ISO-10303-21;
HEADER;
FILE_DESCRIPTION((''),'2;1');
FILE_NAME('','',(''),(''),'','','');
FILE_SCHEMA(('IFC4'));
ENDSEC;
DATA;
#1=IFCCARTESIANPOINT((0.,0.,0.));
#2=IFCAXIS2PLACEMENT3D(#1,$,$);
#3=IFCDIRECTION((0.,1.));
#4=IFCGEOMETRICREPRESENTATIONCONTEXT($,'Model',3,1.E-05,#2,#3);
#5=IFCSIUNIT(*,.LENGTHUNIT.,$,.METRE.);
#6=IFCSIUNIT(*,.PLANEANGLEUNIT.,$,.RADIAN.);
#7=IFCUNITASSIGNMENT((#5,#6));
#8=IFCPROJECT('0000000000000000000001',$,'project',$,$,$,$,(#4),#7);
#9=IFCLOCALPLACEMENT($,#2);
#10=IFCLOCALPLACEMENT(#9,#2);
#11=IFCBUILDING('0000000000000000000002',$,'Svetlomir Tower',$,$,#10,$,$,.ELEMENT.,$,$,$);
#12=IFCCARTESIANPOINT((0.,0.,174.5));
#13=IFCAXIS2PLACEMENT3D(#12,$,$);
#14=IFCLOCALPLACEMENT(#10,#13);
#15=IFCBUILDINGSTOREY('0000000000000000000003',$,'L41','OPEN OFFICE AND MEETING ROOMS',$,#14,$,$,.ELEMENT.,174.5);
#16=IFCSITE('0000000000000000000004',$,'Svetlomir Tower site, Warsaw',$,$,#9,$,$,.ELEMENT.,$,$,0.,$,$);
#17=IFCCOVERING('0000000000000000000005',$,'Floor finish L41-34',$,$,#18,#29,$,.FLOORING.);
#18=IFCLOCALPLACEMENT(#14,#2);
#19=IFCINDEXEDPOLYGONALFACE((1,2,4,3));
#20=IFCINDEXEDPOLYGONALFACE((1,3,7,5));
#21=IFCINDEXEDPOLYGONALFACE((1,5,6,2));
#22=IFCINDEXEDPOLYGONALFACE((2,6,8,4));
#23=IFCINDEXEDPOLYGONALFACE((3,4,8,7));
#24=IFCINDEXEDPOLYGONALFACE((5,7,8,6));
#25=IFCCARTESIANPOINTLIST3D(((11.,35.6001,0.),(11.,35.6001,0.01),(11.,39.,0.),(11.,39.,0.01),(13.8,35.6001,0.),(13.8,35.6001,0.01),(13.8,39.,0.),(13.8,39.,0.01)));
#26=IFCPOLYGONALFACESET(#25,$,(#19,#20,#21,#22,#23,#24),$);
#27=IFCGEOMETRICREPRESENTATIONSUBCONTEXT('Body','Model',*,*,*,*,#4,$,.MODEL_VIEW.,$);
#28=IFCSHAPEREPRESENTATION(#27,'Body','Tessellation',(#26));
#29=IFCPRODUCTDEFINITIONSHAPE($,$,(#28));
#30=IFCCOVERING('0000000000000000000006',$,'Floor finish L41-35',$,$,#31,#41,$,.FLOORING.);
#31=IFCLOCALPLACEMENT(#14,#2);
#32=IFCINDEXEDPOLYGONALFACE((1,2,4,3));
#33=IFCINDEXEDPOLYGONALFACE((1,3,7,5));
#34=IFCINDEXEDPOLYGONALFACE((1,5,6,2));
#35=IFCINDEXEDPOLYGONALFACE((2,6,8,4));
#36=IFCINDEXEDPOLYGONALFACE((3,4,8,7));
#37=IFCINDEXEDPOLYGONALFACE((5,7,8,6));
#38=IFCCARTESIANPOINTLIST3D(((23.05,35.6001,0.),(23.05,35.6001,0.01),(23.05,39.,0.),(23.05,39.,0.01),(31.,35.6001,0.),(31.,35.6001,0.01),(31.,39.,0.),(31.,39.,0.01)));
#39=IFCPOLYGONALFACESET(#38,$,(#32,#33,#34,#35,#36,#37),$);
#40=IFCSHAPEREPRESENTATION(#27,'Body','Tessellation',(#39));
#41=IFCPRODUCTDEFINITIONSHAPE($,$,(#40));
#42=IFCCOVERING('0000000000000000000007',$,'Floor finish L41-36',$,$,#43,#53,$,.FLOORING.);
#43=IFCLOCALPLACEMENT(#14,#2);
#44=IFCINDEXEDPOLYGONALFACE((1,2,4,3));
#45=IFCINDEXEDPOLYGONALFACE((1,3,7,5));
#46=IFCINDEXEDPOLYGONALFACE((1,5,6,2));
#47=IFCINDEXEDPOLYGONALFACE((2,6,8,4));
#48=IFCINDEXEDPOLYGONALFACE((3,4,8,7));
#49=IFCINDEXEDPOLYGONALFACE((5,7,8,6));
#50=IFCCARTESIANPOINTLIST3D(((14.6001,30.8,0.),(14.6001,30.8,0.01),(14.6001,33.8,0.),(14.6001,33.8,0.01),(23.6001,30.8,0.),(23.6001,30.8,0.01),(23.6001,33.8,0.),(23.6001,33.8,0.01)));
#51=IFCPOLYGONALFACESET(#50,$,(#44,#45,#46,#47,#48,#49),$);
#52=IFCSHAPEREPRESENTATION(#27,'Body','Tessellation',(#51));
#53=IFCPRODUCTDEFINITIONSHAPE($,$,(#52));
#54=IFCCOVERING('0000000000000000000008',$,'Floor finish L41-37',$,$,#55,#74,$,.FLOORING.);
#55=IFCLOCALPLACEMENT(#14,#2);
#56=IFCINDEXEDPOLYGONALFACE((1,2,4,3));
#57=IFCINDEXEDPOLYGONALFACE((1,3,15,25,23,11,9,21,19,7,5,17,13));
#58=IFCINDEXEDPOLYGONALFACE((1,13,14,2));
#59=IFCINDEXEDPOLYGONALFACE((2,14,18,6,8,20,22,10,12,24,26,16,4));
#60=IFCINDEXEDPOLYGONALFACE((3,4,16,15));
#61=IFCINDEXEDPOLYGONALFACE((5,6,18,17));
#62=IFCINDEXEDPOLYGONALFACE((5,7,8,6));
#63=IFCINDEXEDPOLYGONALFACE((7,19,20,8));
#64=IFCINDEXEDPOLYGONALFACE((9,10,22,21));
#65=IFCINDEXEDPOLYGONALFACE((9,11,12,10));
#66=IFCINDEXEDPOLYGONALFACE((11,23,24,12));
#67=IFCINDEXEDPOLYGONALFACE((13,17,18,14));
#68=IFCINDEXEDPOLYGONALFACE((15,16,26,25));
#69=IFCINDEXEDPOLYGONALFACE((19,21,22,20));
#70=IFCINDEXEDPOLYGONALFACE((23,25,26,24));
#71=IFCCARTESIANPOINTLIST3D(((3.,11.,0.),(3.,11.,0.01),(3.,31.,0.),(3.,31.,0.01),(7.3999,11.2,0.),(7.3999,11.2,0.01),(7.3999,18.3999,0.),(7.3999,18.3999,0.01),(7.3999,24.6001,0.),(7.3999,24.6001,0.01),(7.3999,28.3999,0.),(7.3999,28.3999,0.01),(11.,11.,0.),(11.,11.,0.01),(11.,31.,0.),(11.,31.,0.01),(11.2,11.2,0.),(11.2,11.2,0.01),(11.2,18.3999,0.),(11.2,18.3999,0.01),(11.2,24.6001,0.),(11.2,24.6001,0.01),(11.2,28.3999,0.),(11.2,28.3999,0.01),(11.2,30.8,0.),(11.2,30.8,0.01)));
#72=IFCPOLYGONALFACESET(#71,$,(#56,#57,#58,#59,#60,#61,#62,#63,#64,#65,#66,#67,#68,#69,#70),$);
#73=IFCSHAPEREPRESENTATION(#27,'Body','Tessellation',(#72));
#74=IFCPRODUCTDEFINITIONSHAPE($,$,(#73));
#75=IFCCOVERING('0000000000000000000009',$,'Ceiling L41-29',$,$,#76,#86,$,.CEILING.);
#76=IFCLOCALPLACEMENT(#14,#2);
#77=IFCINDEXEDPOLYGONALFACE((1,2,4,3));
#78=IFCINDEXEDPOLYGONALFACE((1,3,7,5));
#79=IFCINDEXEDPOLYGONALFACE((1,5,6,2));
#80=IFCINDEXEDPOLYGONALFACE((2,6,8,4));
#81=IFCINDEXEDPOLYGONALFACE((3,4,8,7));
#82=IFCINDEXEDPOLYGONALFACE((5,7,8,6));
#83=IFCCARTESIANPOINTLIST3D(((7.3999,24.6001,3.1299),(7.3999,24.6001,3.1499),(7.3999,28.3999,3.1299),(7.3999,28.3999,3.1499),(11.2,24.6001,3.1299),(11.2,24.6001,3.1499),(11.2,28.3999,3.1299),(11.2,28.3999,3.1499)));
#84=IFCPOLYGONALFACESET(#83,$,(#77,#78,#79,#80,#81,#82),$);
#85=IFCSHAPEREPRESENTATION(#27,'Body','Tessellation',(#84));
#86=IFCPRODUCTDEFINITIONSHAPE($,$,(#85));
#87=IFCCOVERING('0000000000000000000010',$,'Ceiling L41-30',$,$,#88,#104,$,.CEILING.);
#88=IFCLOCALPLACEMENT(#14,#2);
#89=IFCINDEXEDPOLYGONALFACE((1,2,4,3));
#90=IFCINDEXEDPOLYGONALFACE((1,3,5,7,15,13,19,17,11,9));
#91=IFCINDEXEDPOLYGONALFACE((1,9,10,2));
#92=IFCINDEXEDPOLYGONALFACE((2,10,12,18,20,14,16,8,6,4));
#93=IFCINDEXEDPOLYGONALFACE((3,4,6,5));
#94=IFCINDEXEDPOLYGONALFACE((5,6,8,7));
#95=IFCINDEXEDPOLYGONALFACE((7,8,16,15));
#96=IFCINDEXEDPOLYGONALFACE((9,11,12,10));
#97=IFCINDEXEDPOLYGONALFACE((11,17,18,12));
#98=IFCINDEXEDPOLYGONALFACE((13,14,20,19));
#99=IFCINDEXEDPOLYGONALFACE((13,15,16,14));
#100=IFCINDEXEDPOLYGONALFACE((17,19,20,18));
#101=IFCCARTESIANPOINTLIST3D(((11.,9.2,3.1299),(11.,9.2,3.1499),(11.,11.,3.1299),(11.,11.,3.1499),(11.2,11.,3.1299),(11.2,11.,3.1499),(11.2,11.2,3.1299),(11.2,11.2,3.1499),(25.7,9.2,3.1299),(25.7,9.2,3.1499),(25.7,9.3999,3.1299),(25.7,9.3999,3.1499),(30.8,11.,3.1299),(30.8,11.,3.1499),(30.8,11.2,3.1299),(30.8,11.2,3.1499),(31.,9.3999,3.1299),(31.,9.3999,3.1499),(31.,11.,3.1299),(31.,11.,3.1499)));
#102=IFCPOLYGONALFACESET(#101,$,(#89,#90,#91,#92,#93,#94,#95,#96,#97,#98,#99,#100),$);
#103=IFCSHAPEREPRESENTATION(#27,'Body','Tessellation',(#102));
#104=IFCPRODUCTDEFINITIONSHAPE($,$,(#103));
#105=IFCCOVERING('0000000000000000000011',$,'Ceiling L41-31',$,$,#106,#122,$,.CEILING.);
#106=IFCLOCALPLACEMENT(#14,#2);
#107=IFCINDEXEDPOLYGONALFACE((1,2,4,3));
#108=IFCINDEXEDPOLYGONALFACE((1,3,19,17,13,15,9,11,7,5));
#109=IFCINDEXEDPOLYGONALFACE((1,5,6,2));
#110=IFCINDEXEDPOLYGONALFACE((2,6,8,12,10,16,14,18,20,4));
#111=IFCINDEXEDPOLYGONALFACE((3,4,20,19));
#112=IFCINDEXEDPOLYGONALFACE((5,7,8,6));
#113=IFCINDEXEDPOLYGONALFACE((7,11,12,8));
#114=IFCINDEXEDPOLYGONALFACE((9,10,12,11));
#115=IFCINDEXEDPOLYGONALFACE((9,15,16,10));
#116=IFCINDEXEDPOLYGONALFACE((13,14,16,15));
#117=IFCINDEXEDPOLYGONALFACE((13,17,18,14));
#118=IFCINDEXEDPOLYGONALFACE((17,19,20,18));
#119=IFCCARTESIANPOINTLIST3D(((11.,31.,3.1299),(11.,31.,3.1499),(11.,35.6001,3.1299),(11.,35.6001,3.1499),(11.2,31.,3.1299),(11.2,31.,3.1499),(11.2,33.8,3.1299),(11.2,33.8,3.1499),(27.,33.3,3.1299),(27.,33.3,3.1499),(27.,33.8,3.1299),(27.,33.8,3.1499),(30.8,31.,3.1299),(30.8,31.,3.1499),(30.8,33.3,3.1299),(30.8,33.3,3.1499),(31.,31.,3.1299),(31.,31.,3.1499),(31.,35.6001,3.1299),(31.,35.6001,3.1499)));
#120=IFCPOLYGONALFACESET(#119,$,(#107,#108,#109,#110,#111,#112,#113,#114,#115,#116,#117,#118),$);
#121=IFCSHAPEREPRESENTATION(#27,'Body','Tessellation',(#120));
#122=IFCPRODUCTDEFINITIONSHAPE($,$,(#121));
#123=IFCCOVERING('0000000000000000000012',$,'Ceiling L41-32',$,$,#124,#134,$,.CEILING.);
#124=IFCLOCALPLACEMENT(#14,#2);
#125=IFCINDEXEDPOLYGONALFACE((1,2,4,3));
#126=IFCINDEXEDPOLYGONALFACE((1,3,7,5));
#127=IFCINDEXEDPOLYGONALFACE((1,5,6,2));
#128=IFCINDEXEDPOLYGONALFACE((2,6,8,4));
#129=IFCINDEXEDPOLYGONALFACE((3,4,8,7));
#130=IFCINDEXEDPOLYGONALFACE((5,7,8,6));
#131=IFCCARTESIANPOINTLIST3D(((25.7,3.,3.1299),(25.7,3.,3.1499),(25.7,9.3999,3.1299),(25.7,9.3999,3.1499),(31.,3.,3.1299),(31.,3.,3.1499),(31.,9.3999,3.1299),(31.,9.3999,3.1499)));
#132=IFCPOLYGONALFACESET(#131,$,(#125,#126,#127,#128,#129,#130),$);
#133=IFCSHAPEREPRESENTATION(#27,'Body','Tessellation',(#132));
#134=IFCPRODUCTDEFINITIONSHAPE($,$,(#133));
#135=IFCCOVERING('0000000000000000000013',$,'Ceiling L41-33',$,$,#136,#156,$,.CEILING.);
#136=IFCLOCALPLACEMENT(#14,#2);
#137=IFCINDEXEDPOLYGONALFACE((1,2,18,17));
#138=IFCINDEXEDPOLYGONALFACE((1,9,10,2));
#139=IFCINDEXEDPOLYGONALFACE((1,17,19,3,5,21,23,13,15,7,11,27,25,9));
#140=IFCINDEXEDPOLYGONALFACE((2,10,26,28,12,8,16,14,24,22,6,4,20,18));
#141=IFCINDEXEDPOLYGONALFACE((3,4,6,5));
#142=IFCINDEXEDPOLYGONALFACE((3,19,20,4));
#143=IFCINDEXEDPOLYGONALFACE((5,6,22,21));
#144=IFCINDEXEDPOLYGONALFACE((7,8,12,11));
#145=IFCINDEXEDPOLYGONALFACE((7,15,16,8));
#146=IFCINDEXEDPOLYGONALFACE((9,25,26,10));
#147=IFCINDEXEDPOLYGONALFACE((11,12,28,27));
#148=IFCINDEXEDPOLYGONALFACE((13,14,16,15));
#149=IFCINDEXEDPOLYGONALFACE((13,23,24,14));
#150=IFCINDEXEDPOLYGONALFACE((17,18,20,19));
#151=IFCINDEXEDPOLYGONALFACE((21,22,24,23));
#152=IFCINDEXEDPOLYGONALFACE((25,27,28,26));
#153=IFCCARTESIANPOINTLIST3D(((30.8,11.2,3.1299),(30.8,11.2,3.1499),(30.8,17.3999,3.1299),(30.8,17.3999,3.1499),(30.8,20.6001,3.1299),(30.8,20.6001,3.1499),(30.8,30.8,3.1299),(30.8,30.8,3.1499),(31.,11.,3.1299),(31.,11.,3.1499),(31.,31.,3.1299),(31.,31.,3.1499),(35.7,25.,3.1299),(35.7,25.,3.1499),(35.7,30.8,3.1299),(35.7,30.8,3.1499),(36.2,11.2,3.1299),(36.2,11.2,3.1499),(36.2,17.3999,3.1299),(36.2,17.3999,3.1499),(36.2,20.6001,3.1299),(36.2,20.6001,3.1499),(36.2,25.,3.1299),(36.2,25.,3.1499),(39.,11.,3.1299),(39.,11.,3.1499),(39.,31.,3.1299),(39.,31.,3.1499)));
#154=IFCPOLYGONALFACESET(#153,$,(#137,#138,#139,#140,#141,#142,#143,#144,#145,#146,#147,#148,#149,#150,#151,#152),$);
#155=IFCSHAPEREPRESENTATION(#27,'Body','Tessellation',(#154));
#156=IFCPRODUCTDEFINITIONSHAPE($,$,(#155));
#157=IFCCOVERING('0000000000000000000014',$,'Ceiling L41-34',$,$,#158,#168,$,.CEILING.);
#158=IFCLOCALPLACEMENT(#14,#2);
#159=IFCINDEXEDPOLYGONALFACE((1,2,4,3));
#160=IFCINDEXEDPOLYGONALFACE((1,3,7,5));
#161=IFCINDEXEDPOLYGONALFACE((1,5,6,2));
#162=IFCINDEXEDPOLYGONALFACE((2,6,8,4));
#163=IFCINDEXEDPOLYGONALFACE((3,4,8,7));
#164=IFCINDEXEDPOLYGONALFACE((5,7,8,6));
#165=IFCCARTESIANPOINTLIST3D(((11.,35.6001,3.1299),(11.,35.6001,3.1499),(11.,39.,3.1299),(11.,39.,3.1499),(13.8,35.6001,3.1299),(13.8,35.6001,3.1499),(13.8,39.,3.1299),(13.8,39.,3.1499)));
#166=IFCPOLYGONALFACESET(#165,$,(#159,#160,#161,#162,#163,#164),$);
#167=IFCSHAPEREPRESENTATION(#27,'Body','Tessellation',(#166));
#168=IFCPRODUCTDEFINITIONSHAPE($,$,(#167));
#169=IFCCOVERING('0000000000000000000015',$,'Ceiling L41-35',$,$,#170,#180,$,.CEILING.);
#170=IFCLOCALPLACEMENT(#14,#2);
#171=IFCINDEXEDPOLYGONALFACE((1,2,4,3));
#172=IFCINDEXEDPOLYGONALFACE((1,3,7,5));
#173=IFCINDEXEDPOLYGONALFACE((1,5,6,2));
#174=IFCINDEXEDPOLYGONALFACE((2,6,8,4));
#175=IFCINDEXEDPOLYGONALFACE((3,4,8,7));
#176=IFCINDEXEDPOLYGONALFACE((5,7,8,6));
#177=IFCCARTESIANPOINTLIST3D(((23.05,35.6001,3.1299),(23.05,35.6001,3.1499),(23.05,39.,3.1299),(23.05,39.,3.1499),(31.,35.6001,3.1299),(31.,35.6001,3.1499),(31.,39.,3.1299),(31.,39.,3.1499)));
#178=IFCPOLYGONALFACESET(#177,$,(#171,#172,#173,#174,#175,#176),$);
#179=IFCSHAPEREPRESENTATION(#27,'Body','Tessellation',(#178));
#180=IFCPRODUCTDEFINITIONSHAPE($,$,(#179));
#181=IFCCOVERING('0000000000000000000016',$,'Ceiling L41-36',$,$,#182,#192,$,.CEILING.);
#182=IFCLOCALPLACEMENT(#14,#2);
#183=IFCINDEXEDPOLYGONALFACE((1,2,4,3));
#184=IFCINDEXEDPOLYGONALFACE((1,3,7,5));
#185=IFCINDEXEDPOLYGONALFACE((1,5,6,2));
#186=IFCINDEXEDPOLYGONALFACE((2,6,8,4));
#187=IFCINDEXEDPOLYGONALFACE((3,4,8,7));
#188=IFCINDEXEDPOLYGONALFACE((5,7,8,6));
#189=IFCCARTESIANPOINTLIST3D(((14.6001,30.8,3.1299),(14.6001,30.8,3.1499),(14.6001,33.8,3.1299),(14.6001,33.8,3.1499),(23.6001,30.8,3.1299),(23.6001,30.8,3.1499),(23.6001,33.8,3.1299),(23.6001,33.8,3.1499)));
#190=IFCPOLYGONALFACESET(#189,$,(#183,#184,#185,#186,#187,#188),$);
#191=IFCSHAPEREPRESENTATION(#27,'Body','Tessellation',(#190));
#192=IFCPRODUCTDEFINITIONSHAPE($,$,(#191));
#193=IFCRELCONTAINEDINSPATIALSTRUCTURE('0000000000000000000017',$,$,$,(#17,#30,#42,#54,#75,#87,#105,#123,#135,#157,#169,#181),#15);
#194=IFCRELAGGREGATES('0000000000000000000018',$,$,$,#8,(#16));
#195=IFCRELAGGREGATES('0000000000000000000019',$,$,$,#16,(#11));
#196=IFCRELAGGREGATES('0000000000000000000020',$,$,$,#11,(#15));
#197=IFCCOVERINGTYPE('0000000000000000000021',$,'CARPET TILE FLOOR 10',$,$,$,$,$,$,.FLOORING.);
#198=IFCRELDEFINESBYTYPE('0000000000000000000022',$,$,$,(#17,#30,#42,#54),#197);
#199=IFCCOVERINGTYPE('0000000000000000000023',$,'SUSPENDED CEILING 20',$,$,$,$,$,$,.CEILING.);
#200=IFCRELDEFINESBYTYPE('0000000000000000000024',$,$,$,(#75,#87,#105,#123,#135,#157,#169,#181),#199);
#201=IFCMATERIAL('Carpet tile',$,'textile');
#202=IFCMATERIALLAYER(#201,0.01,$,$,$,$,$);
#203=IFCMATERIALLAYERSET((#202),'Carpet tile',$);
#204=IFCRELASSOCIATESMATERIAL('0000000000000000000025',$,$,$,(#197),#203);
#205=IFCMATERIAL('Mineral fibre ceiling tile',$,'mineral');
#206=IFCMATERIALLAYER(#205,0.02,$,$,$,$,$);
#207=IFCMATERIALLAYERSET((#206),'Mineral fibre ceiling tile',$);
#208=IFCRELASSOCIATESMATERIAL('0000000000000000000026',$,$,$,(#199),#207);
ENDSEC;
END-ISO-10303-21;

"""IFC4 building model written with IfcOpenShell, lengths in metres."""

from ifc_helpers import new_model, si_unit, direction, frame, origin, place, context, subcontext, project, spatial, polyline, outline, extrude, material, layer, layer_set, type_object, element, save


model = new_model("IFC4")

# Units and contexts
model_context = context("Model", 3, precision=1e-05, world=origin(), true_north=direction((0.0, 1.0)))
body_context = subcontext(model_context, "Body", "Model", "MODEL_VIEW")
ifc_project = project(units=[si_unit("LENGTHUNIT", "METRE"), si_unit("PLANEANGLEUNIT", "RADIAN")], contexts=[model_context])

# Site, building, storey
site_placement = place(None, origin())
site = spatial("IfcSite", under=ifc_project, at=site_placement, Name="Svetlomir Tower site, Warsaw", CompositionType="ELEMENT", RefElevation=0.0)
building_placement = place(site_placement, origin())
building = spatial("IfcBuilding", under=site, at=building_placement, Name="Svetlomir Tower", CompositionType="ELEMENT")
storey_placement = place(building_placement, frame((0.0, 0.0, 174.5)))
storey = spatial("IfcBuildingStorey", under=building, at=storey_placement, Name="L41", Description="OPEN OFFICE AND MEETING ROOMS", CompositionType="ELEMENT", Elevation=174.5)

# Coverings
ifc_material_1 = material(Name="Carpet tile", Category="textile")
ifc_layer_1 = layer(ifc_material_1, 0.01)
ifc_layer_set_1 = layer_set([ifc_layer_1], Name="Carpet tile")
covering_type_1 = type_object("IfcCoveringType", Name="CARPET TILE FLOOR 10", PredefinedType="FLOORING", material=ifc_layer_set_1)
covering_1_placement = place(storey_placement, origin())
element("IfcCovering", 1, at=covering_1_placement, inside=storey, type_object=covering_type_1, Name="Floor finish L41-34", PredefinedType="FLOORING", context=body_context, shape_type="SweptSolid", body=[
    extrude(outline(polyline([(11.0, 35.6001), (11.0, 39.0), (13.8, 39.0), (13.8, 35.6001), (11.0, 35.6001)])), origin(), (0.0, 0.0, 1.0), 0.01),
])
covering_2_placement = place(storey_placement, origin())
element("IfcCovering", 2, at=covering_2_placement, inside=storey, type_object=covering_type_1, Name="Floor finish L41-35", PredefinedType="FLOORING", context=body_context, shape_type="SweptSolid", body=[
    extrude(outline(polyline([(23.05, 35.6001), (23.05, 39.0), (31.0, 39.0), (31.0, 35.6001), (23.05, 35.6001)])), origin(), (0.0, 0.0, 1.0), 0.01),
])
covering_3_placement = place(storey_placement, origin())
element("IfcCovering", 3, at=covering_3_placement, inside=storey, type_object=covering_type_1, Name="Floor finish L41-36", PredefinedType="FLOORING", context=body_context, shape_type="SweptSolid", body=[
    extrude(outline(polyline([(14.6001, 30.8), (14.6001, 33.8), (23.6001, 33.8), (23.6001, 30.8), (14.6001, 30.8)])), origin(), (0.0, 0.0, 1.0), 0.01),
])
covering_4_placement = place(storey_placement, origin())
element("IfcCovering", 4, at=covering_4_placement, inside=storey, type_object=covering_type_1, Name="Floor finish L41-37", PredefinedType="FLOORING", context=body_context, shape_type="SweptSolid", body=[
    extrude(outline(polyline([(11.2, 28.3999), (7.3999, 28.3999), (7.3999, 24.6001), (11.2, 24.6001), (11.2, 18.3999), (7.3999, 18.3999), (7.3999, 11.2), (11.2, 11.2), (11.0, 11.0), (3.0, 11.0), (3.0, 31.0), (11.0, 31.0), (11.2, 30.8), (11.2, 28.3999)])), origin(), (0.0, 0.0, 1.0), 0.01),
])
ifc_material_2 = material(Name="Mineral fibre ceiling tile", Category="mineral")
ifc_layer_2 = layer(ifc_material_2, 0.02)
ifc_layer_set_2 = layer_set([ifc_layer_2], Name="Mineral fibre ceiling tile")
covering_type_2 = type_object("IfcCoveringType", Name="SUSPENDED CEILING 20", PredefinedType="CEILING", material=ifc_layer_set_2)
covering_5_placement = place(storey_placement, frame((0.0, 0.0, 3.1299)))
element("IfcCovering", 5, at=covering_5_placement, inside=storey, type_object=covering_type_2, Name="Ceiling L41-29", PredefinedType="CEILING", context=body_context, shape_type="SweptSolid", body=[
    extrude(outline(polyline([(7.3999, 24.6001), (11.2, 24.6001), (11.2, 28.3999), (7.3999, 28.3999), (7.3999, 24.6001)])), origin(), (0.0, 0.0, 1.0), 0.02),
])
covering_6_placement = place(storey_placement, frame((0.0, 0.0, 3.1299)))
element("IfcCovering", 6, at=covering_6_placement, inside=storey, type_object=covering_type_2, Name="Ceiling L41-30", PredefinedType="CEILING", context=body_context, shape_type="SweptSolid", body=[
    extrude(outline(polyline([(11.0, 11.0), (11.2, 11.0), (11.2, 11.2), (30.8, 11.2), (30.8, 11.0), (31.0, 11.0), (31.0, 9.3999), (25.7, 9.3999), (25.7, 9.2), (11.0, 9.2), (11.0, 11.0)])), origin(), (0.0, 0.0, 1.0), 0.02),
])
covering_7_placement = place(storey_placement, frame((0.0, 0.0, 3.1299)))
element("IfcCovering", 7, at=covering_7_placement, inside=storey, type_object=covering_type_2, Name="Ceiling L41-31", PredefinedType="CEILING", context=body_context, shape_type="SweptSolid", body=[
    extrude(outline(polyline([(11.0, 35.6001), (31.0, 35.6001), (31.0, 31.0), (30.8, 31.0), (30.8, 33.3), (27.0, 33.3), (27.0, 33.8), (11.2, 33.8), (11.2, 31.0), (11.0, 31.0), (11.0, 35.6001)])), origin(), (0.0, 0.0, 1.0), 0.02),
])
covering_8_placement = place(storey_placement, frame((0.0, 0.0, 3.1299)))
element("IfcCovering", 8, at=covering_8_placement, inside=storey, type_object=covering_type_2, Name="Ceiling L41-32", PredefinedType="CEILING", context=body_context, shape_type="SweptSolid", body=[
    extrude(outline(polyline([(25.7, 3.0), (25.7, 9.3999), (31.0, 9.3999), (31.0, 3.0), (25.7, 3.0)])), origin(), (0.0, 0.0, 1.0), 0.02),
])
covering_9_placement = place(storey_placement, frame((0.0, 0.0, 3.1299)))
element("IfcCovering", 9, at=covering_9_placement, inside=storey, type_object=covering_type_2, Name="Ceiling L41-33", PredefinedType="CEILING", context=body_context, shape_type="SweptSolid", body=[
    extrude(outline(polyline([(30.8, 30.8), (31.0, 31.0), (39.0, 31.0), (39.0, 11.0), (31.0, 11.0), (30.8, 11.2), (36.2, 11.2), (36.2, 17.3999), (30.8, 17.3999), (30.8, 20.6001), (36.2, 20.6001), (36.2, 25.0), (35.7, 25.0), (35.7, 30.8), (30.8, 30.8)])), origin(), (0.0, 0.0, 1.0), 0.02),
])
covering_10_placement = place(storey_placement, frame((0.0, 0.0, 3.1299)))
element("IfcCovering", 10, at=covering_10_placement, inside=storey, type_object=covering_type_2, Name="Ceiling L41-34", PredefinedType="CEILING", context=body_context, shape_type="SweptSolid", body=[
    extrude(outline(polyline([(11.0, 35.6001), (11.0, 39.0), (13.8, 39.0), (13.8, 35.6001), (11.0, 35.6001)])), origin(), (0.0, 0.0, 1.0), 0.02),
])
covering_11_placement = place(storey_placement, frame((0.0, 0.0, 3.1299)))
element("IfcCovering", 11, at=covering_11_placement, inside=storey, type_object=covering_type_2, Name="Ceiling L41-35", PredefinedType="CEILING", context=body_context, shape_type="SweptSolid", body=[
    extrude(outline(polyline([(23.05, 35.6001), (23.05, 39.0), (31.0, 39.0), (31.0, 35.6001), (23.05, 35.6001)])), origin(), (0.0, 0.0, 1.0), 0.02),
])
covering_12_placement = place(storey_placement, frame((0.0, 0.0, 3.1299)))
element("IfcCovering", 12, at=covering_12_placement, inside=storey, type_object=covering_type_2, Name="Ceiling L41-36", PredefinedType="CEILING", context=body_context, shape_type="SweptSolid", body=[
    extrude(outline(polyline([(14.6001, 30.8), (14.6001, 33.8), (23.6001, 33.8), (23.6001, 30.8), (14.6001, 30.8)])), origin(), (0.0, 0.0, 1.0), 0.02),
])

save(model, "model.ifc")
